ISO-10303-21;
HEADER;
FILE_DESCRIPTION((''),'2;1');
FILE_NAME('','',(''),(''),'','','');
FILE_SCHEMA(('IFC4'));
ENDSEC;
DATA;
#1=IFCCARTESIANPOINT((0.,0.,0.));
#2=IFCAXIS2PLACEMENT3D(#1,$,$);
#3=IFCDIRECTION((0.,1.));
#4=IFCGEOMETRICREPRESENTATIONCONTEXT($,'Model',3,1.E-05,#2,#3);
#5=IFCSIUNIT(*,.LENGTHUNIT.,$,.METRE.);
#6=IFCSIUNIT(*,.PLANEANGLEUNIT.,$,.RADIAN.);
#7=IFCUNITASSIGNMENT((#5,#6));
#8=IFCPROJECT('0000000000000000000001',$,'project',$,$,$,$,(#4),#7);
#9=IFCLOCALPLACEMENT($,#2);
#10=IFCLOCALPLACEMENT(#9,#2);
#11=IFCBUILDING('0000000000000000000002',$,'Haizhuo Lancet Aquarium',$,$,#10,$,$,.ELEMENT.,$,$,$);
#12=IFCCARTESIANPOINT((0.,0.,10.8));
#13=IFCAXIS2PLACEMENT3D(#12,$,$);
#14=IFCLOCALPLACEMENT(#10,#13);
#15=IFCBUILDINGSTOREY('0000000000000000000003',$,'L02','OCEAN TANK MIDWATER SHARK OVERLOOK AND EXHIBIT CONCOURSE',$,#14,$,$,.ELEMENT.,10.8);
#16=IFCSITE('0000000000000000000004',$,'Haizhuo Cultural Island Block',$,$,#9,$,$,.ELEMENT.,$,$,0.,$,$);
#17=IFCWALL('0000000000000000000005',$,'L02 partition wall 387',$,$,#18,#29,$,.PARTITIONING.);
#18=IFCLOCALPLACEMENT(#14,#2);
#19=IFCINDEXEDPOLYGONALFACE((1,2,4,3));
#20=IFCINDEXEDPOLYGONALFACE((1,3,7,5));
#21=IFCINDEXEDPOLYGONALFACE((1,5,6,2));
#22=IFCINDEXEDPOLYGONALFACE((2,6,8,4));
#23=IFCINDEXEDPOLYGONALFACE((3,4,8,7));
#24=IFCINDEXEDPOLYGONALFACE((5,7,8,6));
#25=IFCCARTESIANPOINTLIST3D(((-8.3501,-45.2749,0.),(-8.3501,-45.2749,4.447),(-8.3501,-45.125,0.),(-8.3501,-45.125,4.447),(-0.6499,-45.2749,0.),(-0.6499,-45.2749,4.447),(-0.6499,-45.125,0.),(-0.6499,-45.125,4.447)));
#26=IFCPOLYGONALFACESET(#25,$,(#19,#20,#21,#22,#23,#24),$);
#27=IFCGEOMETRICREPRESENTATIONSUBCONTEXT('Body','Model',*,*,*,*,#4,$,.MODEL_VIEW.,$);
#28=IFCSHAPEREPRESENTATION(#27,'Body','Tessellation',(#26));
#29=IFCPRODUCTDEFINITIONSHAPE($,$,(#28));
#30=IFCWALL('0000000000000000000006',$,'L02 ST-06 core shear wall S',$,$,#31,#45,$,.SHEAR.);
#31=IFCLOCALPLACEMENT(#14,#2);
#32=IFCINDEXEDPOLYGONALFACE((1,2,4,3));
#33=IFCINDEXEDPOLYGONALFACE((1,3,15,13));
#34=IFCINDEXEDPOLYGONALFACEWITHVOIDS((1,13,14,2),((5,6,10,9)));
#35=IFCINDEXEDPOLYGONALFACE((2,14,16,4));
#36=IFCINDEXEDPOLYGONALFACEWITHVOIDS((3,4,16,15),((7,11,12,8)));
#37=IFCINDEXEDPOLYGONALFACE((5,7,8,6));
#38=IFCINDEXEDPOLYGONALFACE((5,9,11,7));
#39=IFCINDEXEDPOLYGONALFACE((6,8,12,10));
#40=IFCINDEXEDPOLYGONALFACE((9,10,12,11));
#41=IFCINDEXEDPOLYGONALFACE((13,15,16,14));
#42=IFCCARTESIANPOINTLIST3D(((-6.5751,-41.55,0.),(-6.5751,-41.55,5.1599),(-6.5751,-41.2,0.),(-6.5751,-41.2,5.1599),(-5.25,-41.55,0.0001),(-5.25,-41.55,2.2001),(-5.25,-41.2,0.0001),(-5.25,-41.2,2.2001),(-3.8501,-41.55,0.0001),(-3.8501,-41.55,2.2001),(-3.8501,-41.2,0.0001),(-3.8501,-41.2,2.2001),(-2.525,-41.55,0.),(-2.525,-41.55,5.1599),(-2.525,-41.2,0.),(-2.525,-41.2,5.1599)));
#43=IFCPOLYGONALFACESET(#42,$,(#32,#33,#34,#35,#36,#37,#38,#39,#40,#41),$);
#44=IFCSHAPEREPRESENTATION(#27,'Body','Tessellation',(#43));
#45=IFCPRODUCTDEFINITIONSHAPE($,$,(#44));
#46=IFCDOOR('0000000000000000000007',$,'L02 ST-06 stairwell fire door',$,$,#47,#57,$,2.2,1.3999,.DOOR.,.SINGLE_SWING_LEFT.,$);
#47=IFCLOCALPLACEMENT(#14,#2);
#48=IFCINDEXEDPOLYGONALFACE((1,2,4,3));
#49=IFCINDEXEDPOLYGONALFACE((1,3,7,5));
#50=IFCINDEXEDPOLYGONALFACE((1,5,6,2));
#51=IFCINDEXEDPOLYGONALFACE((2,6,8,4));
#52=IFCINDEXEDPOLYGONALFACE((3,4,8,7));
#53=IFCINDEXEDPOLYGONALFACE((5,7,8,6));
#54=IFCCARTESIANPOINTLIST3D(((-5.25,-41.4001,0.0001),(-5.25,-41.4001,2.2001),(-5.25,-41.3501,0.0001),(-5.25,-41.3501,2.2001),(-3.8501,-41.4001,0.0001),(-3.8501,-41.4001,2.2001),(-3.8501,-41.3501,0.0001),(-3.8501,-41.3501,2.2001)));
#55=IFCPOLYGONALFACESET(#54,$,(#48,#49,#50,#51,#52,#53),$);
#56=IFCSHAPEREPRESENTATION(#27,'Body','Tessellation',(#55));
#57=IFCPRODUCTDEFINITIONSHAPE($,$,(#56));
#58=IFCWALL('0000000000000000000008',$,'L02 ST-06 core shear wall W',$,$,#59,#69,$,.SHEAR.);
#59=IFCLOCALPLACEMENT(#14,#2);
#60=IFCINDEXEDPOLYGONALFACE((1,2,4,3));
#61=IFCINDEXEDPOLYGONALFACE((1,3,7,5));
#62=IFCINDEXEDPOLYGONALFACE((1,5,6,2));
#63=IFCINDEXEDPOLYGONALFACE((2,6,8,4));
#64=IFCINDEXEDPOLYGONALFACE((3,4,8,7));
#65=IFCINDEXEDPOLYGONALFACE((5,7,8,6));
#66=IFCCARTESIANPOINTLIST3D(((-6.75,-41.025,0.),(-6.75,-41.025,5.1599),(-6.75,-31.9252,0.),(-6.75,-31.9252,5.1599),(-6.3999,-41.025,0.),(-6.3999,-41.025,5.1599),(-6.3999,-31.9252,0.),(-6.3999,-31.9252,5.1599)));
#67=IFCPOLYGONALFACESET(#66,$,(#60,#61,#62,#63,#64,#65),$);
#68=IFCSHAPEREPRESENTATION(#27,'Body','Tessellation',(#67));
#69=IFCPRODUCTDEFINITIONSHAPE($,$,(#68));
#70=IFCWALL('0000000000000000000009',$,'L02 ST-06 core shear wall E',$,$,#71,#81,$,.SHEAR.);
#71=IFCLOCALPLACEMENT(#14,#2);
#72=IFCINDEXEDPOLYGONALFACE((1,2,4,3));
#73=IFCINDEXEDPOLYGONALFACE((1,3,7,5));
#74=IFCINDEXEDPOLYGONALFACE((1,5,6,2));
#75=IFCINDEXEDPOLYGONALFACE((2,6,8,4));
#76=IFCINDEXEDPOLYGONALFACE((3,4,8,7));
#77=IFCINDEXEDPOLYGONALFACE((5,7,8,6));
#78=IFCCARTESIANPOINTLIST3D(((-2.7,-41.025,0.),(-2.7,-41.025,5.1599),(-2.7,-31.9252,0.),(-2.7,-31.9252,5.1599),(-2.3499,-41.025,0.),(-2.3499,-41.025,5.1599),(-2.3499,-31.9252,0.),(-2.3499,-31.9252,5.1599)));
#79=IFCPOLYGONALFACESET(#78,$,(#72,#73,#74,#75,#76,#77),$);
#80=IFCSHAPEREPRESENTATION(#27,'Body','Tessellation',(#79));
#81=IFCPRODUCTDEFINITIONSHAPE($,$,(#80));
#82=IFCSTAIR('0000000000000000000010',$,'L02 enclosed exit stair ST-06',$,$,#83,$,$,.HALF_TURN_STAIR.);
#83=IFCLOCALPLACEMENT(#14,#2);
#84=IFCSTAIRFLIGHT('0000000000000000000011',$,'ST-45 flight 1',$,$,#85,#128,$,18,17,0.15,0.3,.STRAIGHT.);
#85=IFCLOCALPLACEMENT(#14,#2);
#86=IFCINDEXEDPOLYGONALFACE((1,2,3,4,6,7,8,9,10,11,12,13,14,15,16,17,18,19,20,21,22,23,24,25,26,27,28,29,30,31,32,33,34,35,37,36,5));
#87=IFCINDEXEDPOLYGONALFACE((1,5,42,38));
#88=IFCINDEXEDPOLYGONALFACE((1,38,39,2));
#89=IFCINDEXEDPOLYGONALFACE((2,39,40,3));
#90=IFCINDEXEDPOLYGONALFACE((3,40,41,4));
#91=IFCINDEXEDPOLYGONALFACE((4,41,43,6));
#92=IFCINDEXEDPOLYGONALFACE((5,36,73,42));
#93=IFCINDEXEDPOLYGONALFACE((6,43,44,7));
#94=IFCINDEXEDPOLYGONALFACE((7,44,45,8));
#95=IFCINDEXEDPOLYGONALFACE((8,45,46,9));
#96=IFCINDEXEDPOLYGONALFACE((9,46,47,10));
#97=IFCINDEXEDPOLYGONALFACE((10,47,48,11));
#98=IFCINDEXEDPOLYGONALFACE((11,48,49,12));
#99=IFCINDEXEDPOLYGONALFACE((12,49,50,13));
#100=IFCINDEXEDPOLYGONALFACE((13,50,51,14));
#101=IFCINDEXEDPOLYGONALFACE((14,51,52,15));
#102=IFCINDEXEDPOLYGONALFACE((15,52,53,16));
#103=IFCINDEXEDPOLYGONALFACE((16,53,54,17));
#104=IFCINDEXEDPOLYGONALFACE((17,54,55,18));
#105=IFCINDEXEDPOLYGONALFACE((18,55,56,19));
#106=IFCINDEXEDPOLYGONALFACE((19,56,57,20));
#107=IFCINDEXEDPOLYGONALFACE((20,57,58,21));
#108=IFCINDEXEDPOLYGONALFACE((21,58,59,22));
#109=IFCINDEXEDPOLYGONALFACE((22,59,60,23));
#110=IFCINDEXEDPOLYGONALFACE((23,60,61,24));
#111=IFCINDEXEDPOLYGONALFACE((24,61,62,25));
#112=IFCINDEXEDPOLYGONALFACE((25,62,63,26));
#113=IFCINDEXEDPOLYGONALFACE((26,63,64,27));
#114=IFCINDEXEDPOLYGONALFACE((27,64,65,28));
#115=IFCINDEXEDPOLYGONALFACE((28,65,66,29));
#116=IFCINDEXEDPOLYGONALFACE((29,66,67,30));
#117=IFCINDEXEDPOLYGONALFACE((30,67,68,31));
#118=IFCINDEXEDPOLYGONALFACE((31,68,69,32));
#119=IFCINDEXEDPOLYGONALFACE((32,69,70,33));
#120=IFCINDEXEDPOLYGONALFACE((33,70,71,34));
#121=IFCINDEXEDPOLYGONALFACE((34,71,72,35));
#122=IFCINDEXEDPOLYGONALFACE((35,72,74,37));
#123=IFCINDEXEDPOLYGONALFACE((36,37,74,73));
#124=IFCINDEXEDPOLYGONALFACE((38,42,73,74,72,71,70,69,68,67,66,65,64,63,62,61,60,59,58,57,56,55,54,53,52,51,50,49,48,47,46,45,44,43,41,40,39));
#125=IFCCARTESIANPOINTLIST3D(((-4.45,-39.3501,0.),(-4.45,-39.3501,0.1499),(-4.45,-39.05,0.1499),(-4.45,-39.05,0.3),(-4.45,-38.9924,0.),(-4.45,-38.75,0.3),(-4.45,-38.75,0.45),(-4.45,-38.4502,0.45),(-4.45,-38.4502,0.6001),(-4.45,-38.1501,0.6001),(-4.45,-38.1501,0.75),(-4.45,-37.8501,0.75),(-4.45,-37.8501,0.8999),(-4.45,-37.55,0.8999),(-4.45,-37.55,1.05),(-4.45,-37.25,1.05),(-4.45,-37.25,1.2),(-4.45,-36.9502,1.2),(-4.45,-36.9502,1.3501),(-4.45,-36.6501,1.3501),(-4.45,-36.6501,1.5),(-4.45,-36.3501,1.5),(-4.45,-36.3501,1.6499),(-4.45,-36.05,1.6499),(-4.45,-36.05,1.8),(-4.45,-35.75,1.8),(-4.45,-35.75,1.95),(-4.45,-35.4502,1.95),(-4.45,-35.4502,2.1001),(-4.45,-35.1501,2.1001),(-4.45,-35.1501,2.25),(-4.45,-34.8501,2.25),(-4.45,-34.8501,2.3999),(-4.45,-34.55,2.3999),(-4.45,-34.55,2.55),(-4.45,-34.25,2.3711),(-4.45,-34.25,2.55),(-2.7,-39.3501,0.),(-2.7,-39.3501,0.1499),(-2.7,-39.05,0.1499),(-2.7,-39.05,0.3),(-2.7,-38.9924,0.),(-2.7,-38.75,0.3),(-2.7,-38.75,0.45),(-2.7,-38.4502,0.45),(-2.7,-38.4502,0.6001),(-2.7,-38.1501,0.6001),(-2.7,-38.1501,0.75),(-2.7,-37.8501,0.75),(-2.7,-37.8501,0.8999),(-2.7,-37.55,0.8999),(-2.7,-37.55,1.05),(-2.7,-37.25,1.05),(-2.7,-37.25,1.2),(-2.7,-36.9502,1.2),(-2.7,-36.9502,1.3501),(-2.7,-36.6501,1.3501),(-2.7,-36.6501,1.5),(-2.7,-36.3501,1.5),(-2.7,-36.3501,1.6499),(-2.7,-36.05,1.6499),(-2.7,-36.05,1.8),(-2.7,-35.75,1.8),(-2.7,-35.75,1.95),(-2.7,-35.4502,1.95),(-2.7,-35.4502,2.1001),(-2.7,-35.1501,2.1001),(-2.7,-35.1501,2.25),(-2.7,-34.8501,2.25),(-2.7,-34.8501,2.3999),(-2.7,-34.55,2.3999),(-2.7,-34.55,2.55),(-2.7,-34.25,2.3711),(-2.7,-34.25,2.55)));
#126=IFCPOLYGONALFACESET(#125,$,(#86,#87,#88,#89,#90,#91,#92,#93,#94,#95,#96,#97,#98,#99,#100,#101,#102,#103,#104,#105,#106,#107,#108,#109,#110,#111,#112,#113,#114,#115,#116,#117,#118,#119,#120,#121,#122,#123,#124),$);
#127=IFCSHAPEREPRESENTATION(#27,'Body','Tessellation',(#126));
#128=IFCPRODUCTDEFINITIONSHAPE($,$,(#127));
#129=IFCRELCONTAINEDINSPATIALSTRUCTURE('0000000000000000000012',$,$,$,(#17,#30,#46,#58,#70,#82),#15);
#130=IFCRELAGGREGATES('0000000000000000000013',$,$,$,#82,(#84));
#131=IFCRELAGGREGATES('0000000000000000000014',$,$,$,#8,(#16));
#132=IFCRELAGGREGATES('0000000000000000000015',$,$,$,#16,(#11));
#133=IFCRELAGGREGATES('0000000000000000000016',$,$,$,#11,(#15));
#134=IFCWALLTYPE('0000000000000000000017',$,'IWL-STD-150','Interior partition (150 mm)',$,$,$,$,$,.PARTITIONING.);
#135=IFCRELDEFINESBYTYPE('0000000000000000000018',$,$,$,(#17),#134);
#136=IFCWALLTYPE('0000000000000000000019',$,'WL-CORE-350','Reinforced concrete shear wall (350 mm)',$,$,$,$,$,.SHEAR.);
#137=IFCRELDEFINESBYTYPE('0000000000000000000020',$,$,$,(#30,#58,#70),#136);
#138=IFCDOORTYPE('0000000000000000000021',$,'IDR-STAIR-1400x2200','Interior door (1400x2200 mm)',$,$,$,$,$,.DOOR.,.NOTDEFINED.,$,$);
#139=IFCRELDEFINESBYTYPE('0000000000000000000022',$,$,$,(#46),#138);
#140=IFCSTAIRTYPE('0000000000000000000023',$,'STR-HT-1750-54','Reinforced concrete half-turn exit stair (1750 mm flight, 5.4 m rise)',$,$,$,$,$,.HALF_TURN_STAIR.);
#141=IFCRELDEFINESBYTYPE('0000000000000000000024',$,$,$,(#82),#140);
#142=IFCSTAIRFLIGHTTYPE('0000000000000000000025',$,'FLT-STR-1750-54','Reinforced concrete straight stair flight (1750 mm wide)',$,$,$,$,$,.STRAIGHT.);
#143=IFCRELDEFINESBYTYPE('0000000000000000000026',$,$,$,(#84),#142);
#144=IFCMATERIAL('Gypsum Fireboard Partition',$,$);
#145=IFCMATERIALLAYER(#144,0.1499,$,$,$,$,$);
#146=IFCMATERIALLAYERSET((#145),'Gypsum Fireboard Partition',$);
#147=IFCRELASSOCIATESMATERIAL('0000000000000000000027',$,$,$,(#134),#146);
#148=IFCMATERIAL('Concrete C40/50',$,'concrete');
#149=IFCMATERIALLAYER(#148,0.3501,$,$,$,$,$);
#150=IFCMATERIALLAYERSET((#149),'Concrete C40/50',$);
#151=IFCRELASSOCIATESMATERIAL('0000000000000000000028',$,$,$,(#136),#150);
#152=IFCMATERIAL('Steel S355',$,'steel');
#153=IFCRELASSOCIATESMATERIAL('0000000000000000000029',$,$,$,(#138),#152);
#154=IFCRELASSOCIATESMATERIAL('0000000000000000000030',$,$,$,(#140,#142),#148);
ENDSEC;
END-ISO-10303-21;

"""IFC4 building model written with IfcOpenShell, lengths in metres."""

from ifc_helpers import new_model, si_unit, direction, frame, frame_2d, origin, place, context, subcontext, project, spatial, polyline, rectangle, outline, extrude, material, layer, layer_set, type_object, element, fill, aggregate, save


model = new_model("IFC4")

# Units and contexts
model_context = context("Model", 3, precision=1e-05, world=origin(), true_north=direction((0.0, 1.0)))
body_context = subcontext(model_context, "Body", "Model", "MODEL_VIEW")
ifc_project = project(units=[si_unit("LENGTHUNIT", "METRE"), si_unit("PLANEANGLEUNIT", "RADIAN")], contexts=[model_context])

# Site, building, storey
site_placement = place(None, origin())
site = spatial("IfcSite", under=ifc_project, at=site_placement, Name="Haizhuo Cultural Island Block", CompositionType="ELEMENT", RefElevation=0.0)
building_placement = place(site_placement, origin())
building = spatial("IfcBuilding", under=site, at=building_placement, Name="Haizhuo Lancet Aquarium", CompositionType="ELEMENT")
storey_placement = place(building_placement, frame((0.0, 0.0, 10.8)))
storey = spatial("IfcBuildingStorey", under=building, at=storey_placement, Name="L02", Description="OCEAN TANK MIDWATER SHARK OVERLOOK AND EXHIBIT CONCOURSE", CompositionType="ELEMENT", Elevation=10.8)

# Shared definitions
ifc_material_1 = material(Name="Steel S355", Category="steel")

# Wall
ifc_material_2 = material(Name="Gypsum Fireboard Partition")
ifc_layer_1 = layer(ifc_material_2, 0.1499)
ifc_layer_set_1 = layer_set([ifc_layer_1], Name="Gypsum Fireboard Partition")
wall_type_1 = type_object("IfcWallType", Name="IWL-STD-150", Description="Interior partition (150 mm)", PredefinedType="PARTITIONING", material=ifc_layer_set_1)
wall_1_placement = place(storey_placement, frame((-0.6499, -45.2, 0.0), z_axis=(0.0, 0.0, 1.0), x_axis=(-1.0, 0.0, 0.0)))
element("IfcWall", 1, at=wall_1_placement, inside=storey, type_object=wall_type_1, Name="L02 partition wall 387", PredefinedType="PARTITIONING", context=body_context, shape_type="SweptSolid", body=[
    extrude(rectangle(XDim=7.7002, YDim=0.1499, at=frame_2d((3.8501, 0.0))), origin(), (0.0, 0.0, 1.0), 4.447),
])

# Wall, opening, door
ifc_material_3 = material(Name="Concrete C40/50", Category="concrete")
ifc_layer_2 = layer(ifc_material_3, 0.3501)
ifc_layer_set_2 = layer_set([ifc_layer_2], Name="Concrete C40/50")
wall_type_2 = type_object("IfcWallType", Name="WL-CORE-350", Description="Reinforced concrete shear wall (350 mm)", PredefinedType="SHEAR", material=ifc_layer_set_2)
wall_2_placement = place(storey_placement, frame((-6.575, -41.375, 0.0), z_axis=(0.0, 0.0, 1.0), x_axis=(1.0, 0.0, 0.0)))
wall_2 = element("IfcWall", 2, at=wall_2_placement, inside=storey, type_object=wall_type_2, Name="L02 ST-06 core shear wall S", PredefinedType="SHEAR", context=body_context, shape_type="SweptSolid", body=[
    extrude(rectangle(XDim=4.05, YDim=0.3501, at=frame_2d((2.0249, 0.0))), origin(), (0.0, 0.0, 1.0), 5.1599),
])
opening_placement = place(wall_2_placement, frame((1.325, 0.0, 0.0)))
opening = element("IfcOpeningElement", 3, at=opening_placement, cuts=wall_2, PredefinedType="OPENING", context=body_context, shape_type="SweptSolid", body=[
    extrude(rectangle(XDim=1.3999, YDim=2.2, at=frame_2d((0.7, 1.1001))), frame((0.0, 0.1851, 0.0), z_axis=(0.0, -1.0, 0.0), x_axis=(1.0, 0.0, 0.0)), (0.0, 0.0, 1.0), 0.3701),
])
door_type = type_object("IfcDoorType", Name="IDR-STAIR-1400x2200", Description="Interior door (1400x2200 mm)", OperationType="NOTDEFINED", PredefinedType="DOOR", material=ifc_material_1)
door_placement = place(opening_placement, origin())
door = element("IfcDoor", 4, at=door_placement, inside=storey, type_object=door_type, Name="L02 ST-06 stairwell fire door", OperationType="SINGLE_SWING_LEFT", OverallHeight=2.2, OverallWidth=1.3999, PredefinedType="DOOR", context=body_context, shape_type="SweptSolid", body=[
    extrude(rectangle(XDim=1.3999, YDim=2.2, at=frame_2d((0.7, 1.1001))), frame((0.0, 0.0249, 0.0), z_axis=(0.0, -1.0, 0.0), x_axis=(1.0, 0.0, 0.0)), (0.0, 0.0, 1.0), 0.05),
])
fill(opening, door)

# Walls
for number, where, z_axis, x_axis, name in (
    (5, (-6.575, -41.0249, 0.0), (0.0, 0.0, 1.0), (0.0, 1.0, 0.0), "L02 ST-06 core shear wall W"),
    (6, (-2.5249, -41.0249, 0.0), (0.0, 0.0, 1.0), (0.0, 1.0, 0.0), "L02 ST-06 core shear wall E"),
):
    element("IfcWall", number, at=place(storey_placement, frame(where, z_axis=z_axis, x_axis=x_axis)), inside=storey, type_object=wall_type_2, Name=name, PredefinedType="SHEAR", context=body_context, shape_type="SweptSolid", body=[
        extrude(rectangle(XDim=9.0999, YDim=0.3501, at=frame_2d((4.5498, 0.0))), origin(), (0.0, 0.0, 1.0), 5.1599),
    ])

# Stair, stair flight
stair_type = type_object("IfcStairType", Name="STR-HT-1750-54", Description="Reinforced concrete half-turn exit stair (1750 mm flight, 5.4 m rise)", PredefinedType="HALF_TURN_STAIR", material=ifc_material_3)
stair_placement = place(storey_placement, origin())
stair = element("IfcStair", 7, at=stair_placement, inside=storey, type_object=stair_type, Name="L02 enclosed exit stair ST-06", PredefinedType="HALF_TURN_STAIR")
stair_flight_type = type_object("IfcStairFlightType", Name="FLT-STR-1750-54", Description="Reinforced concrete straight stair flight (1750 mm wide)", PredefinedType="STRAIGHT", material=ifc_material_3)
stair_flight_placement = place(storey_placement, frame((-3.575, -39.3501, 0.0), z_axis=(0.0, 0.0, 1.0), x_axis=(0.0, 1.0, 0.0)))
stair_flight = element("IfcStairFlight", 8, at=stair_flight_placement, type_object=stair_flight_type, Name="ST-45 flight 1", NumberOfRisers=18, NumberOfTreads=17, PredefinedType="STRAIGHT", RiserHeight=0.15, TreadLength=0.3, context=body_context, shape_type="SweptSolid", body=[
    extrude(outline(polyline([(0.0, 0.0), (0.0, 0.1499), (0.3, 0.1499), (0.3, 0.3), (0.6001, 0.3), (0.6001, 0.45), (0.8999, 0.45), (0.8999, 0.6001), (1.2, 0.6001), (1.2, 0.75), (1.5, 0.75), (1.5, 0.8999), (1.8, 0.8999), (1.8, 1.05), (2.1001, 1.05), (2.1001, 1.2), (2.3999, 1.2), (2.3999, 1.3501), (2.7, 1.3501), (2.7, 1.5), (3.0, 1.5), (3.0, 1.6499), (3.3, 1.6499), (3.3, 1.8), (3.6001, 1.8), (3.6001, 1.95), (3.8999, 1.95), (3.8999, 2.1001), (4.2, 2.1001), (4.2, 2.25), (4.5, 2.25), (4.5, 2.3999), (4.8, 2.3999), (4.8, 2.55), (5.1001, 2.55), (5.1001, 2.7), (5.1001, 2.3711), (0.3577, 0.0), (0.0, 0.0)])), frame((0.0, 0.875, 0.0), z_axis=(0.0, -1.0, 0.0), x_axis=(1.0, 0.0, 0.0)), (0.0, 0.0, 1.0), 1.75),
])
aggregate(stair, [stair_flight])

save(model, "model.ifc")
